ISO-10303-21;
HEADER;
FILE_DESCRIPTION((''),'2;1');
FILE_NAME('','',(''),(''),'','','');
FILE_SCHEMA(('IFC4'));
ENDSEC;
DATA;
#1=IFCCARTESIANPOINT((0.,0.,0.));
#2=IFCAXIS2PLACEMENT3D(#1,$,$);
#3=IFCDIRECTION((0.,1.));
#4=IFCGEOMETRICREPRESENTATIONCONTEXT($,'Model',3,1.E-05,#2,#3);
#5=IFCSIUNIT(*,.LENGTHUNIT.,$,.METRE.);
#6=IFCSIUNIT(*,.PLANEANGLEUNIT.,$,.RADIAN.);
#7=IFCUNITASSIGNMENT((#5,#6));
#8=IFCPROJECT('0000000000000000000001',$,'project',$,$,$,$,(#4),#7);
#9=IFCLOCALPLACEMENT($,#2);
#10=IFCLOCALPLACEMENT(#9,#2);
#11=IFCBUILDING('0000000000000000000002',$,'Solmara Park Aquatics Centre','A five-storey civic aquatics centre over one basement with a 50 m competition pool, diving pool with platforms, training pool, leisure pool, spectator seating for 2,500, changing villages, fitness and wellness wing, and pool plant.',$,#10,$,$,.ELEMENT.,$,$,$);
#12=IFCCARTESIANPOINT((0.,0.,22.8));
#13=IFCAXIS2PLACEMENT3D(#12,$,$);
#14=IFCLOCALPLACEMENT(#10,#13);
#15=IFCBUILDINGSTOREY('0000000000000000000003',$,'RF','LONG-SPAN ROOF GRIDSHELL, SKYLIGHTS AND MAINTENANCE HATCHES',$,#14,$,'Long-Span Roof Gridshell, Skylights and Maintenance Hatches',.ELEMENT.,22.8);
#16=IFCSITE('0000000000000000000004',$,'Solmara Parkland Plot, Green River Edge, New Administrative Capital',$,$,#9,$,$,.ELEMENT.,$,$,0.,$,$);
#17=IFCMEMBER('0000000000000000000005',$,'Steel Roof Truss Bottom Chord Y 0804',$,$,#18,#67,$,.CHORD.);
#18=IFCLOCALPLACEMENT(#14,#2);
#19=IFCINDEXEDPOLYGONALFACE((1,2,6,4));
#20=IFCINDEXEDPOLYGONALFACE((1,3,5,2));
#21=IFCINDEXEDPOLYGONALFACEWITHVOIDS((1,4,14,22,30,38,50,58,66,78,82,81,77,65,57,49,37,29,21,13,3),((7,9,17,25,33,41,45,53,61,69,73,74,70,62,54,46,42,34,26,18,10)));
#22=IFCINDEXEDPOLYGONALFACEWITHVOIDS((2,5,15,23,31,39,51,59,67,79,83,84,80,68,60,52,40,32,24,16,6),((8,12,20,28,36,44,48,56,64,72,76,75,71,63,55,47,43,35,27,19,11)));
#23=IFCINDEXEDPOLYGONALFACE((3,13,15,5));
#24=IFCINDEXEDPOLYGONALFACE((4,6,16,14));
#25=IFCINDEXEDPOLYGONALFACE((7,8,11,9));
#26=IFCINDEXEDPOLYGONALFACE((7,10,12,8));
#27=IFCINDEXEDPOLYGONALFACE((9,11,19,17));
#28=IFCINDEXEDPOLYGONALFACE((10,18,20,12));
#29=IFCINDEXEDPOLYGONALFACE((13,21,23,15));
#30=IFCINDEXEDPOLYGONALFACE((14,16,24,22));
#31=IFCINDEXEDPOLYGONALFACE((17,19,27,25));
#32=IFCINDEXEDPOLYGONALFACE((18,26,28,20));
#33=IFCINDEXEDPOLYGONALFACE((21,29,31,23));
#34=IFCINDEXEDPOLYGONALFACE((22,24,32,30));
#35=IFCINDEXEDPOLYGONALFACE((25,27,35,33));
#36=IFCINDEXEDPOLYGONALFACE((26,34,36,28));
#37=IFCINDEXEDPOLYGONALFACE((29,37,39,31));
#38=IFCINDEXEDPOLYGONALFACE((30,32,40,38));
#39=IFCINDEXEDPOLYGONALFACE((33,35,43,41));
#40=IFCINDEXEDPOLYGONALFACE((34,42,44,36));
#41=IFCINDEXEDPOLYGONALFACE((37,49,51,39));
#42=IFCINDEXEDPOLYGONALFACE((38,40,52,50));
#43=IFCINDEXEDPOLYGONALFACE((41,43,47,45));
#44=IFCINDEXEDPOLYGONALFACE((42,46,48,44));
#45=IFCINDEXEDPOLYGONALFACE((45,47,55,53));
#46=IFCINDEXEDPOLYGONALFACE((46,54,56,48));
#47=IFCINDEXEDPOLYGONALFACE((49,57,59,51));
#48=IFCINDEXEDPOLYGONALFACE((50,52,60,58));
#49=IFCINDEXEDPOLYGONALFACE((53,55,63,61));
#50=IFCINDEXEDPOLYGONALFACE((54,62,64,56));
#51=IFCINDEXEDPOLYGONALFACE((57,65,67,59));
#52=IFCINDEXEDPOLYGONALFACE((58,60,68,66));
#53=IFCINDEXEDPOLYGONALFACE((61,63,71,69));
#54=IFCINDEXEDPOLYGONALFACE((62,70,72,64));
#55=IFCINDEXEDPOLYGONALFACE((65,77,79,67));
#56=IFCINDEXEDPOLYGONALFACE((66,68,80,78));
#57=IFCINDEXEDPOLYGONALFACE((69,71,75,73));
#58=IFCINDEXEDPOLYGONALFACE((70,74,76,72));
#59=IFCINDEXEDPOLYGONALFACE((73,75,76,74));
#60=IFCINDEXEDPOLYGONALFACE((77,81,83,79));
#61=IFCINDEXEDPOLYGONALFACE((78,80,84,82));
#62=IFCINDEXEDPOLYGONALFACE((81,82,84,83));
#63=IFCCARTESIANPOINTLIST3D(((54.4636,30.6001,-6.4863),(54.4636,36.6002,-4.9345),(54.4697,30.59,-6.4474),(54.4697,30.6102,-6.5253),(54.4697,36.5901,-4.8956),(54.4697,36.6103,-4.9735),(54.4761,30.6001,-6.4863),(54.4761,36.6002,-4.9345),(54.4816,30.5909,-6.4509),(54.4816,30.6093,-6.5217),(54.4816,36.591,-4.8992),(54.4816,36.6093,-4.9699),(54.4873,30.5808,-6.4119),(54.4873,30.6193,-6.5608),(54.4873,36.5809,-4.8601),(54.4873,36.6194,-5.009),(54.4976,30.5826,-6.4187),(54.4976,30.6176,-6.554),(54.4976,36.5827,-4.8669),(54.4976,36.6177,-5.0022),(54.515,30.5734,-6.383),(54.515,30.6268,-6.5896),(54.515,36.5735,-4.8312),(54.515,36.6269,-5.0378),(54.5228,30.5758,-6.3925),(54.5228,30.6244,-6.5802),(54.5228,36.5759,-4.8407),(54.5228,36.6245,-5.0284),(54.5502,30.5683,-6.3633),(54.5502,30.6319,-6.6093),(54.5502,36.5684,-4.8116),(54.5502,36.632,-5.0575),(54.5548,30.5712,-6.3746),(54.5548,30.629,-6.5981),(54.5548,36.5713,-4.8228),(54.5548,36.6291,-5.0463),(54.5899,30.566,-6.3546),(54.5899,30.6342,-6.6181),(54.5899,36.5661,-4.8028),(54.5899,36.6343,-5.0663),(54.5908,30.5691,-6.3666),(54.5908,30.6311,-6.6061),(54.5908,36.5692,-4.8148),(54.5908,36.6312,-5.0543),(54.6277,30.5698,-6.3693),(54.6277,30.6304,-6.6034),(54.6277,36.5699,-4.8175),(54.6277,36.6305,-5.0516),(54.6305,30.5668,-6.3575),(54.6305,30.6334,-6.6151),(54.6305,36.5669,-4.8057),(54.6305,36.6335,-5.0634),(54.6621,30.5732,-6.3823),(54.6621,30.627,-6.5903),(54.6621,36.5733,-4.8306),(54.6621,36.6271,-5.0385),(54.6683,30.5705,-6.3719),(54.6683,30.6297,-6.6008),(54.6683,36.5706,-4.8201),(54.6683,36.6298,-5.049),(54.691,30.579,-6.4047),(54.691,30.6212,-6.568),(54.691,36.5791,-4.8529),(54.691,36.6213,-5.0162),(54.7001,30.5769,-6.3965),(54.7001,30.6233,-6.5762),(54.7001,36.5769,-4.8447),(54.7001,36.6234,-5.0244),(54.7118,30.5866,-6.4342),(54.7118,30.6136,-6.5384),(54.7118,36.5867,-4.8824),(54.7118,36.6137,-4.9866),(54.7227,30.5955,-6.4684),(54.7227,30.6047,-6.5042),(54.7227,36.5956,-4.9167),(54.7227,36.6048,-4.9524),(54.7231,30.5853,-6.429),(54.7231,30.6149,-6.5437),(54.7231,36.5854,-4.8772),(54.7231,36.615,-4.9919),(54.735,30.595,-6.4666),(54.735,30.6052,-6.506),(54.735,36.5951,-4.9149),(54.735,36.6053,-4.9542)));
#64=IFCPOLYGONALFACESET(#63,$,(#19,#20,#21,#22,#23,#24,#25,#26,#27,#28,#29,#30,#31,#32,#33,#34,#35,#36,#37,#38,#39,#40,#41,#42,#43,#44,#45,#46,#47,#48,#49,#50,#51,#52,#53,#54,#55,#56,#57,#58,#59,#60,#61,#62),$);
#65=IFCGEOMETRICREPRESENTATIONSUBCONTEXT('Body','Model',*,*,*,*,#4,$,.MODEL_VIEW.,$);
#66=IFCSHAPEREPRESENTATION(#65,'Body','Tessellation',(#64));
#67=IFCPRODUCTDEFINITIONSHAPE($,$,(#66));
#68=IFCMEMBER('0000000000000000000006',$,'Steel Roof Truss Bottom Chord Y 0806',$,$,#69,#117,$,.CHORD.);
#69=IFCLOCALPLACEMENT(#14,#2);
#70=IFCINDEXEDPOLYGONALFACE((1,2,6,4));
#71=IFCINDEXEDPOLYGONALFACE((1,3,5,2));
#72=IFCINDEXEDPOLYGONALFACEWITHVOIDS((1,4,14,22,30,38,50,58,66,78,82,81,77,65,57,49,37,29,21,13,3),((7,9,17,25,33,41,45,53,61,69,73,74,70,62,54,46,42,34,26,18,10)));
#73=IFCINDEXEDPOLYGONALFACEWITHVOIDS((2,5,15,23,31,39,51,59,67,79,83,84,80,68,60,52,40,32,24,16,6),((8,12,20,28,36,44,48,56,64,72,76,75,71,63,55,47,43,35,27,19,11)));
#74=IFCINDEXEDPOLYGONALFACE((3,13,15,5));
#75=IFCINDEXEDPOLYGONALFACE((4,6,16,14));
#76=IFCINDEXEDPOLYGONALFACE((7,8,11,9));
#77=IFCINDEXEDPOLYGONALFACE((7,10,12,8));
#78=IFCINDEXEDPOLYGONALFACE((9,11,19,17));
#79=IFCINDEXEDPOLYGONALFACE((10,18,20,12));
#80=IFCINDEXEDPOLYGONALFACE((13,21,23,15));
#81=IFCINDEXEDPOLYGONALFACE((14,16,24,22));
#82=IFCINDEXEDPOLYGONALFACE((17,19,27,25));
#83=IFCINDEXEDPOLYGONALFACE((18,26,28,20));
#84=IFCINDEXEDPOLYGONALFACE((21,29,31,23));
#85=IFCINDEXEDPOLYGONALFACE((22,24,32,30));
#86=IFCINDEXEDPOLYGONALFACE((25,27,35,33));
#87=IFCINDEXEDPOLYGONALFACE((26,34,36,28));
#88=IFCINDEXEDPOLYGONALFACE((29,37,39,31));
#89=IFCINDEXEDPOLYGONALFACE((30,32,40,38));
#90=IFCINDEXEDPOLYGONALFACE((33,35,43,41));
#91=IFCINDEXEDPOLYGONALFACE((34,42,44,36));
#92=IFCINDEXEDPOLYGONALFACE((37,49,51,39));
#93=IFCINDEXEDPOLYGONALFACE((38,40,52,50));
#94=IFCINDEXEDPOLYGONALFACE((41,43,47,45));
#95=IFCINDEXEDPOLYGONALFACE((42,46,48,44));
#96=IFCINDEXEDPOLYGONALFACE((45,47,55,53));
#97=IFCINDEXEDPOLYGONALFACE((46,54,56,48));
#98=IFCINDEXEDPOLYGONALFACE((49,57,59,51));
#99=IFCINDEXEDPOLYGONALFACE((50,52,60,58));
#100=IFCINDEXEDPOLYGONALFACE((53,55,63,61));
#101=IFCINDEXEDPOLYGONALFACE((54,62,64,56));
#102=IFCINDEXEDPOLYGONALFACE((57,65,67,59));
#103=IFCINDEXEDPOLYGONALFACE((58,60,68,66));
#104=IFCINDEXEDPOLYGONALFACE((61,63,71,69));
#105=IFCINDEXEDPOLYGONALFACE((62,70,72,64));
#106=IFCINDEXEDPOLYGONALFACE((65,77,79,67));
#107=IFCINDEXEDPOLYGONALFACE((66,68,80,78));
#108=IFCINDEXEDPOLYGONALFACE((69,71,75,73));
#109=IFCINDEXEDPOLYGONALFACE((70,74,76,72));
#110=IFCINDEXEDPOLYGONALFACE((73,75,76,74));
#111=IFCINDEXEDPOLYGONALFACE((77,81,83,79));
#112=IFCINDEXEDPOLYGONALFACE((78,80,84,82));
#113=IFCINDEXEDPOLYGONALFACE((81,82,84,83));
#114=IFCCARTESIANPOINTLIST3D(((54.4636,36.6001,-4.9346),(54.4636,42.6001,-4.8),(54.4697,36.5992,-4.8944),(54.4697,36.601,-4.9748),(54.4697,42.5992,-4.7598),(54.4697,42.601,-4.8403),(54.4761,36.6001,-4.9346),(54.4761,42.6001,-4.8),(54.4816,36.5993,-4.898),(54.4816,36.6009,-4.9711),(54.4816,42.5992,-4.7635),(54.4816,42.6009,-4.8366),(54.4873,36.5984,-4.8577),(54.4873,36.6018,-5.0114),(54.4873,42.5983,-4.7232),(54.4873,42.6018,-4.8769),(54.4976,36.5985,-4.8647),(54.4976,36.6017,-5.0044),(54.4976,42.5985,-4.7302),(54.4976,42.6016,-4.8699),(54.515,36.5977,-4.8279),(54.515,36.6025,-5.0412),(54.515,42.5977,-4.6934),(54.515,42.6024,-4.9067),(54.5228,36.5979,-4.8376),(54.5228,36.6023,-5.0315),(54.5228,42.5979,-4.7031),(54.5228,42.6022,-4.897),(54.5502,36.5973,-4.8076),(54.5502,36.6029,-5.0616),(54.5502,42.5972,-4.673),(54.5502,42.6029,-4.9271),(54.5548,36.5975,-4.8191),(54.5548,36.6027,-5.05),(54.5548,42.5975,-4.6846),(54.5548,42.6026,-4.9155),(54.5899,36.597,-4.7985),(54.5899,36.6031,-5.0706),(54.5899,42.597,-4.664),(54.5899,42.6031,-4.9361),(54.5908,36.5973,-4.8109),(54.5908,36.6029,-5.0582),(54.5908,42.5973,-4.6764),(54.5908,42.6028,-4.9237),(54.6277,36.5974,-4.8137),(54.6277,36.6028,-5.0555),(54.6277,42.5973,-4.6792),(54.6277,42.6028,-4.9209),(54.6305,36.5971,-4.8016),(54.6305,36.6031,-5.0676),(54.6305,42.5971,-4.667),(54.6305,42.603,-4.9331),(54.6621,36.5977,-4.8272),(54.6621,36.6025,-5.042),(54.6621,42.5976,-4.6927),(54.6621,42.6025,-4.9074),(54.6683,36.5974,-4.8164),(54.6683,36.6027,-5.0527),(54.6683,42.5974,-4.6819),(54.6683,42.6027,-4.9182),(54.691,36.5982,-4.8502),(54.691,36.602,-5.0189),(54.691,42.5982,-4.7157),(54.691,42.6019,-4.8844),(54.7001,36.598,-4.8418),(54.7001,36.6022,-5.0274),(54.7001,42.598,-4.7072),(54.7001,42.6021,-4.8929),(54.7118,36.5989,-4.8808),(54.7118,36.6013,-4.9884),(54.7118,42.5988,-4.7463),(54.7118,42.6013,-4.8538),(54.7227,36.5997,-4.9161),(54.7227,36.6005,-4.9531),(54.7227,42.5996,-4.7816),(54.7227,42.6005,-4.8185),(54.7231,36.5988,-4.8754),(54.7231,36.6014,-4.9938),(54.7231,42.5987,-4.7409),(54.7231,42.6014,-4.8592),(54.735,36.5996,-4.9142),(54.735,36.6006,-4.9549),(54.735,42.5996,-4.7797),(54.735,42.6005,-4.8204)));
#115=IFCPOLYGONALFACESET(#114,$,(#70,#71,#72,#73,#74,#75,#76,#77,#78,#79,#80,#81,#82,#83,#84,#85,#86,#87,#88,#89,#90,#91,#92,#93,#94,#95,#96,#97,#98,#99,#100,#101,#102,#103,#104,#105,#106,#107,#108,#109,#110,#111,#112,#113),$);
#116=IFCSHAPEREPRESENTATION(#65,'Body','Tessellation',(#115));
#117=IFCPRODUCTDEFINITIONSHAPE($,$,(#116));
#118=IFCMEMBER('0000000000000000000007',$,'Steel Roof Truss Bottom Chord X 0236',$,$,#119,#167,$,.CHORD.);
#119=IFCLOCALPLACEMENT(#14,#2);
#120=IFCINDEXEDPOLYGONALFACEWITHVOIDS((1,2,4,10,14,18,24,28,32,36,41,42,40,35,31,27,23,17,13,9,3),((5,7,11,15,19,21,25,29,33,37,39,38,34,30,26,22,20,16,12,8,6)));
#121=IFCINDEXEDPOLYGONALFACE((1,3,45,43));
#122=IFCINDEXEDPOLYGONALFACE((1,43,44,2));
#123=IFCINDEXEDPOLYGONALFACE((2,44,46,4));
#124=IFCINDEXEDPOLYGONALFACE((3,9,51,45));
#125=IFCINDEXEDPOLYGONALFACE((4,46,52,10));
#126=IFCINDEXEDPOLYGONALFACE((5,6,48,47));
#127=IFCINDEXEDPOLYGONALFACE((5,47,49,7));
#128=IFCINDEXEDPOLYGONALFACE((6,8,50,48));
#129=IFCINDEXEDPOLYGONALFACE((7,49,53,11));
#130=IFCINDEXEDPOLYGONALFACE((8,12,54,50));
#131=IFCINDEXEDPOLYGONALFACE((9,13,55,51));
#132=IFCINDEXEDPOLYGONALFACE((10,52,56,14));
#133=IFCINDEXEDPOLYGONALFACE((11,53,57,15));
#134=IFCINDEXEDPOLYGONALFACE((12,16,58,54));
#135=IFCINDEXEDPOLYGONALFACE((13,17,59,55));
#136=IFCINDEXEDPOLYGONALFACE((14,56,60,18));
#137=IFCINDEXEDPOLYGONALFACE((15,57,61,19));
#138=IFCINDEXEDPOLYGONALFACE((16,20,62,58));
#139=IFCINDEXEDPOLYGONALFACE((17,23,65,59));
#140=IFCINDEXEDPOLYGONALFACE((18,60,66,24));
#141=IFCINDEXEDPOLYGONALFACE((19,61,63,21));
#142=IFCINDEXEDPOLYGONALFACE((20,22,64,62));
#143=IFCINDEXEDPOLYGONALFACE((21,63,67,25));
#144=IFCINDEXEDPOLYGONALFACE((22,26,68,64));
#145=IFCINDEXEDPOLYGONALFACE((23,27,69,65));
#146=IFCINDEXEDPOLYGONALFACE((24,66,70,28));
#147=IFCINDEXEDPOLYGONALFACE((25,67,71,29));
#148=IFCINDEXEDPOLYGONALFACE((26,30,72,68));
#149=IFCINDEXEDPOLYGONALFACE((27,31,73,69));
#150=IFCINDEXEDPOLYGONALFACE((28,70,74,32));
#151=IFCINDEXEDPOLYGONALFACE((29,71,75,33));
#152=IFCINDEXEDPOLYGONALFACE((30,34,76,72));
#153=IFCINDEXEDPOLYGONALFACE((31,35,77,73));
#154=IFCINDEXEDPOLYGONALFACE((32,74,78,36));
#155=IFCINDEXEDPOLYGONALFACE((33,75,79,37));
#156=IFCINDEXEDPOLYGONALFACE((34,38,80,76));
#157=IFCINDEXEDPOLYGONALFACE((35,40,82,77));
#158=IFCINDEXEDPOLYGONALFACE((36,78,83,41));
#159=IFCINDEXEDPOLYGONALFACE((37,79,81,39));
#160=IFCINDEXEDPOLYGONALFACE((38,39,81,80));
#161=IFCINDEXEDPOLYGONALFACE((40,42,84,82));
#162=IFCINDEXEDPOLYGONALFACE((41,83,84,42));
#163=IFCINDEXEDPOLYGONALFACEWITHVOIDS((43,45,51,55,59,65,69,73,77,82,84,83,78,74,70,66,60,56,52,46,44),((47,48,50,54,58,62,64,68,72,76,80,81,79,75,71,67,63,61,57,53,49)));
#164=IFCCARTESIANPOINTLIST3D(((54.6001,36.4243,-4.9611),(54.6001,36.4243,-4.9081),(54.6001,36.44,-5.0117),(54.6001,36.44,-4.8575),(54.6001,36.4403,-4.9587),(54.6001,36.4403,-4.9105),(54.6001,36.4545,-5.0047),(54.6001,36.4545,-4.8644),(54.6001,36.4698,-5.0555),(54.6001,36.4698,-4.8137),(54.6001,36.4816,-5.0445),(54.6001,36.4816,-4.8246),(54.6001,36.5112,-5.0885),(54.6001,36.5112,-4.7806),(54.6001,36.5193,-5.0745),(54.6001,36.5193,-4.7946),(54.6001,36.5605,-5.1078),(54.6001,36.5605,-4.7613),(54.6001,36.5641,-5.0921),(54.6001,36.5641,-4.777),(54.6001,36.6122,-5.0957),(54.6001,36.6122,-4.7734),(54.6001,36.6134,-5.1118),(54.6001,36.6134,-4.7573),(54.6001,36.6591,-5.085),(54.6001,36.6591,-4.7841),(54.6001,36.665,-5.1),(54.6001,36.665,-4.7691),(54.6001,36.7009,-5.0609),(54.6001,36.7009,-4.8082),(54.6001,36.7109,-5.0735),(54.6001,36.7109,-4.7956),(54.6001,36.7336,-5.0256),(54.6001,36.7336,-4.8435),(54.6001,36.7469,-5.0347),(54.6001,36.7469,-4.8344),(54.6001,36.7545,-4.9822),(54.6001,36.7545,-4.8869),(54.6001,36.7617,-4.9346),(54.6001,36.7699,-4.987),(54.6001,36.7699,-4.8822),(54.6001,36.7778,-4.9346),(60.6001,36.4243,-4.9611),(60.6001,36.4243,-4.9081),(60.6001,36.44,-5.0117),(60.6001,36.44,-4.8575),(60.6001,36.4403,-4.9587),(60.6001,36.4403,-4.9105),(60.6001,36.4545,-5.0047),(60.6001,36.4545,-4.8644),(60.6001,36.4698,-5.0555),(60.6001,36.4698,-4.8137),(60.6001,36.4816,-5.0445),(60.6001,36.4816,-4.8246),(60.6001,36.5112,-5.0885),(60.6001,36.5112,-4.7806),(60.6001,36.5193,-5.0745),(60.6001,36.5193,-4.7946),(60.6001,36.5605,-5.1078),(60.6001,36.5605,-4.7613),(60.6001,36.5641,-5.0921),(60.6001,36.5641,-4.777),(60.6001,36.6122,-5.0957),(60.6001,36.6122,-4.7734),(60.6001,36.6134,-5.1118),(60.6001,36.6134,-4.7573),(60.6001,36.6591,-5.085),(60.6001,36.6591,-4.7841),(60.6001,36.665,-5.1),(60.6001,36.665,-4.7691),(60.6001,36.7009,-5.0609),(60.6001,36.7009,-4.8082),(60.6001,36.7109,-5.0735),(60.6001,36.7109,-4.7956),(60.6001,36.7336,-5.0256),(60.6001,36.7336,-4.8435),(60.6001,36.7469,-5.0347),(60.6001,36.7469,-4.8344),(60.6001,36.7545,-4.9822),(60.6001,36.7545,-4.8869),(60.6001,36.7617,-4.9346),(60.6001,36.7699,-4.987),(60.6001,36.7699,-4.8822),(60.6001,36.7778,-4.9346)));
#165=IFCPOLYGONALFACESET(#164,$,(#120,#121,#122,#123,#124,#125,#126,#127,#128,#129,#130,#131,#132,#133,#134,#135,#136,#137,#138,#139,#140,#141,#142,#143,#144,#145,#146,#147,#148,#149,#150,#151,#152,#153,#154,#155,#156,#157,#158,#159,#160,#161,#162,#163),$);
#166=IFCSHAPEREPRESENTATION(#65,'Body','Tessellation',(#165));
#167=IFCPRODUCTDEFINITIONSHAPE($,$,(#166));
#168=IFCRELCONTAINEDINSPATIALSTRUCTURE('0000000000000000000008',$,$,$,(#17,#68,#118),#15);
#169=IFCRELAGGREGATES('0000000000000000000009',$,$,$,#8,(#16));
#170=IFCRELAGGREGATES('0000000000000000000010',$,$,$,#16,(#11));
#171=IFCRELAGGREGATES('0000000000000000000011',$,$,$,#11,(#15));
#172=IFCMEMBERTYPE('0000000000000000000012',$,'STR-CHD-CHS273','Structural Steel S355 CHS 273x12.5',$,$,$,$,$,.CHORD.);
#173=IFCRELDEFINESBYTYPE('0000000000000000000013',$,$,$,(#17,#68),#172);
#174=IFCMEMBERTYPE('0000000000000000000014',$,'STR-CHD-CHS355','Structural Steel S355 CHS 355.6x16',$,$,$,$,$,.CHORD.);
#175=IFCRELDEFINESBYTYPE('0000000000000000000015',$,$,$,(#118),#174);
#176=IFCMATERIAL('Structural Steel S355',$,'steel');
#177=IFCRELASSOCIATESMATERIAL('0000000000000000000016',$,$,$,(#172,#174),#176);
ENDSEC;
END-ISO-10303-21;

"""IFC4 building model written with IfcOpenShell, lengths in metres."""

from ifc_helpers import new_model, si_unit, direction, frame, origin, origin_2d, place, context, subcontext, project, spatial, hollow_circle, extrude, material, material_profile, profile_set, type_object, element, save


model = new_model("IFC4")

# Units and contexts
model_context = context("Model", 3, precision=1e-05, world=origin(), true_north=direction((0.0, 1.0)))
body_context = subcontext(model_context, "Body", "Model", "MODEL_VIEW")
ifc_project = project(units=[si_unit("LENGTHUNIT", "METRE"), si_unit("PLANEANGLEUNIT", "RADIAN")], contexts=[model_context])

# Site, building, storey
site_placement = place(None, origin())
site = spatial("IfcSite", under=ifc_project, at=site_placement, Name="Solmara Parkland Plot, Green River Edge, New Administrative Capital", CompositionType="ELEMENT", RefElevation=0.0)
building_placement = place(site_placement, origin())
building = spatial("IfcBuilding", under=site, at=building_placement, Name="Solmara Park Aquatics Centre", Description="A five-storey civic aquatics centre over one basement with a 50 m competition pool, diving pool with platforms, training pool, leisure pool, spectator seating for 2,500, changing villages, fitness and wellness wing, and pool plant.", CompositionType="ELEMENT")
storey_placement = place(building_placement, frame((0.0, 0.0, 22.8)))
storey = spatial("IfcBuildingStorey", under=building, at=storey_placement, Name="RF", Description="LONG-SPAN ROOF GRIDSHELL, SKYLIGHTS AND MAINTENANCE HATCHES", LongName="Long-Span Roof Gridshell, Skylights and Maintenance Hatches", CompositionType="ELEMENT", Elevation=22.8)

# Members
ifc_material_1 = material(Name="Structural Steel S355", Category="steel")
ifc_material_profile_1 = material_profile(ifc_material_1, hollow_circle(Radius=0.1365, WallThickness=0.0125, at=origin_2d()), Name="CHS 273x12.5")
ifc_profile_set_1 = profile_set([ifc_material_profile_1], Name="Structural Steel S355")
member_type_1 = type_object("IfcMemberType", Name="STR-CHD-CHS273", Description="Structural Steel S355 CHS 273x12.5", PredefinedType="CHORD", material=ifc_profile_set_1)
member_1_placement = place(storey_placement, frame((54.6001, 30.6001, -6.4863), z_axis=(0.0, 0.968146, 0.250388), x_axis=(-1.0, 0.0, 0.0)))
element("IfcMember", 1, at=member_1_placement, inside=storey, type_object=member_type_1, Name="Steel Roof Truss Bottom Chord Y 0804", PredefinedType="CHORD", context=body_context, shape_type="SweptSolid", body=[
    extrude(hollow_circle(Radius=0.1365, WallThickness=0.0125, at=origin_2d()), origin(), (0.0, 0.0, 1.0), 6.1975),
])
member_2_placement = place(storey_placement, frame((54.6001, 36.6001, -4.9346), z_axis=(0.0, 0.999749, 0.022415), x_axis=(-1.0, 0.0, 0.0)))
element("IfcMember", 2, at=member_2_placement, inside=storey, type_object=member_type_1, Name="Steel Roof Truss Bottom Chord Y 0806", PredefinedType="CHORD", context=body_context, shape_type="SweptSolid", body=[
    extrude(hollow_circle(Radius=0.1365, WallThickness=0.0125, at=origin_2d()), origin(), (0.0, 0.0, 1.0), 6.0015),
])
ifc_material_profile_2 = material_profile(ifc_material_1, hollow_circle(Radius=0.1777, WallThickness=0.0161, at=origin_2d()), Name="CHS 355.6x16")
ifc_profile_set_2 = profile_set([ifc_material_profile_2], Name="Structural Steel S355")
member_type_2 = type_object("IfcMemberType", Name="STR-CHD-CHS355", Description="Structural Steel S355 CHS 355.6x16", PredefinedType="CHORD", material=ifc_profile_set_2)
for number, where, z_axis, x_axis, name in (
    (3, (54.6001, 36.6001, -4.9346), (1.0, 0.0, 0.0), (0.0, 1.0, 0.0), "Steel Roof Truss Bottom Chord X 0236"),
):
    element("IfcMember", number, at=place(storey_placement, frame(where, z_axis=z_axis, x_axis=x_axis)), inside=storey, type_object=member_type_2, Name=name, PredefinedType="CHORD", context=body_context, shape_type="SweptSolid", body=[
        extrude(hollow_circle(Radius=0.1777, WallThickness=0.0161, at=origin_2d()), origin(), (0.0, 0.0, 1.0), 6.0),
    ])

save(model, "model.ifc")
